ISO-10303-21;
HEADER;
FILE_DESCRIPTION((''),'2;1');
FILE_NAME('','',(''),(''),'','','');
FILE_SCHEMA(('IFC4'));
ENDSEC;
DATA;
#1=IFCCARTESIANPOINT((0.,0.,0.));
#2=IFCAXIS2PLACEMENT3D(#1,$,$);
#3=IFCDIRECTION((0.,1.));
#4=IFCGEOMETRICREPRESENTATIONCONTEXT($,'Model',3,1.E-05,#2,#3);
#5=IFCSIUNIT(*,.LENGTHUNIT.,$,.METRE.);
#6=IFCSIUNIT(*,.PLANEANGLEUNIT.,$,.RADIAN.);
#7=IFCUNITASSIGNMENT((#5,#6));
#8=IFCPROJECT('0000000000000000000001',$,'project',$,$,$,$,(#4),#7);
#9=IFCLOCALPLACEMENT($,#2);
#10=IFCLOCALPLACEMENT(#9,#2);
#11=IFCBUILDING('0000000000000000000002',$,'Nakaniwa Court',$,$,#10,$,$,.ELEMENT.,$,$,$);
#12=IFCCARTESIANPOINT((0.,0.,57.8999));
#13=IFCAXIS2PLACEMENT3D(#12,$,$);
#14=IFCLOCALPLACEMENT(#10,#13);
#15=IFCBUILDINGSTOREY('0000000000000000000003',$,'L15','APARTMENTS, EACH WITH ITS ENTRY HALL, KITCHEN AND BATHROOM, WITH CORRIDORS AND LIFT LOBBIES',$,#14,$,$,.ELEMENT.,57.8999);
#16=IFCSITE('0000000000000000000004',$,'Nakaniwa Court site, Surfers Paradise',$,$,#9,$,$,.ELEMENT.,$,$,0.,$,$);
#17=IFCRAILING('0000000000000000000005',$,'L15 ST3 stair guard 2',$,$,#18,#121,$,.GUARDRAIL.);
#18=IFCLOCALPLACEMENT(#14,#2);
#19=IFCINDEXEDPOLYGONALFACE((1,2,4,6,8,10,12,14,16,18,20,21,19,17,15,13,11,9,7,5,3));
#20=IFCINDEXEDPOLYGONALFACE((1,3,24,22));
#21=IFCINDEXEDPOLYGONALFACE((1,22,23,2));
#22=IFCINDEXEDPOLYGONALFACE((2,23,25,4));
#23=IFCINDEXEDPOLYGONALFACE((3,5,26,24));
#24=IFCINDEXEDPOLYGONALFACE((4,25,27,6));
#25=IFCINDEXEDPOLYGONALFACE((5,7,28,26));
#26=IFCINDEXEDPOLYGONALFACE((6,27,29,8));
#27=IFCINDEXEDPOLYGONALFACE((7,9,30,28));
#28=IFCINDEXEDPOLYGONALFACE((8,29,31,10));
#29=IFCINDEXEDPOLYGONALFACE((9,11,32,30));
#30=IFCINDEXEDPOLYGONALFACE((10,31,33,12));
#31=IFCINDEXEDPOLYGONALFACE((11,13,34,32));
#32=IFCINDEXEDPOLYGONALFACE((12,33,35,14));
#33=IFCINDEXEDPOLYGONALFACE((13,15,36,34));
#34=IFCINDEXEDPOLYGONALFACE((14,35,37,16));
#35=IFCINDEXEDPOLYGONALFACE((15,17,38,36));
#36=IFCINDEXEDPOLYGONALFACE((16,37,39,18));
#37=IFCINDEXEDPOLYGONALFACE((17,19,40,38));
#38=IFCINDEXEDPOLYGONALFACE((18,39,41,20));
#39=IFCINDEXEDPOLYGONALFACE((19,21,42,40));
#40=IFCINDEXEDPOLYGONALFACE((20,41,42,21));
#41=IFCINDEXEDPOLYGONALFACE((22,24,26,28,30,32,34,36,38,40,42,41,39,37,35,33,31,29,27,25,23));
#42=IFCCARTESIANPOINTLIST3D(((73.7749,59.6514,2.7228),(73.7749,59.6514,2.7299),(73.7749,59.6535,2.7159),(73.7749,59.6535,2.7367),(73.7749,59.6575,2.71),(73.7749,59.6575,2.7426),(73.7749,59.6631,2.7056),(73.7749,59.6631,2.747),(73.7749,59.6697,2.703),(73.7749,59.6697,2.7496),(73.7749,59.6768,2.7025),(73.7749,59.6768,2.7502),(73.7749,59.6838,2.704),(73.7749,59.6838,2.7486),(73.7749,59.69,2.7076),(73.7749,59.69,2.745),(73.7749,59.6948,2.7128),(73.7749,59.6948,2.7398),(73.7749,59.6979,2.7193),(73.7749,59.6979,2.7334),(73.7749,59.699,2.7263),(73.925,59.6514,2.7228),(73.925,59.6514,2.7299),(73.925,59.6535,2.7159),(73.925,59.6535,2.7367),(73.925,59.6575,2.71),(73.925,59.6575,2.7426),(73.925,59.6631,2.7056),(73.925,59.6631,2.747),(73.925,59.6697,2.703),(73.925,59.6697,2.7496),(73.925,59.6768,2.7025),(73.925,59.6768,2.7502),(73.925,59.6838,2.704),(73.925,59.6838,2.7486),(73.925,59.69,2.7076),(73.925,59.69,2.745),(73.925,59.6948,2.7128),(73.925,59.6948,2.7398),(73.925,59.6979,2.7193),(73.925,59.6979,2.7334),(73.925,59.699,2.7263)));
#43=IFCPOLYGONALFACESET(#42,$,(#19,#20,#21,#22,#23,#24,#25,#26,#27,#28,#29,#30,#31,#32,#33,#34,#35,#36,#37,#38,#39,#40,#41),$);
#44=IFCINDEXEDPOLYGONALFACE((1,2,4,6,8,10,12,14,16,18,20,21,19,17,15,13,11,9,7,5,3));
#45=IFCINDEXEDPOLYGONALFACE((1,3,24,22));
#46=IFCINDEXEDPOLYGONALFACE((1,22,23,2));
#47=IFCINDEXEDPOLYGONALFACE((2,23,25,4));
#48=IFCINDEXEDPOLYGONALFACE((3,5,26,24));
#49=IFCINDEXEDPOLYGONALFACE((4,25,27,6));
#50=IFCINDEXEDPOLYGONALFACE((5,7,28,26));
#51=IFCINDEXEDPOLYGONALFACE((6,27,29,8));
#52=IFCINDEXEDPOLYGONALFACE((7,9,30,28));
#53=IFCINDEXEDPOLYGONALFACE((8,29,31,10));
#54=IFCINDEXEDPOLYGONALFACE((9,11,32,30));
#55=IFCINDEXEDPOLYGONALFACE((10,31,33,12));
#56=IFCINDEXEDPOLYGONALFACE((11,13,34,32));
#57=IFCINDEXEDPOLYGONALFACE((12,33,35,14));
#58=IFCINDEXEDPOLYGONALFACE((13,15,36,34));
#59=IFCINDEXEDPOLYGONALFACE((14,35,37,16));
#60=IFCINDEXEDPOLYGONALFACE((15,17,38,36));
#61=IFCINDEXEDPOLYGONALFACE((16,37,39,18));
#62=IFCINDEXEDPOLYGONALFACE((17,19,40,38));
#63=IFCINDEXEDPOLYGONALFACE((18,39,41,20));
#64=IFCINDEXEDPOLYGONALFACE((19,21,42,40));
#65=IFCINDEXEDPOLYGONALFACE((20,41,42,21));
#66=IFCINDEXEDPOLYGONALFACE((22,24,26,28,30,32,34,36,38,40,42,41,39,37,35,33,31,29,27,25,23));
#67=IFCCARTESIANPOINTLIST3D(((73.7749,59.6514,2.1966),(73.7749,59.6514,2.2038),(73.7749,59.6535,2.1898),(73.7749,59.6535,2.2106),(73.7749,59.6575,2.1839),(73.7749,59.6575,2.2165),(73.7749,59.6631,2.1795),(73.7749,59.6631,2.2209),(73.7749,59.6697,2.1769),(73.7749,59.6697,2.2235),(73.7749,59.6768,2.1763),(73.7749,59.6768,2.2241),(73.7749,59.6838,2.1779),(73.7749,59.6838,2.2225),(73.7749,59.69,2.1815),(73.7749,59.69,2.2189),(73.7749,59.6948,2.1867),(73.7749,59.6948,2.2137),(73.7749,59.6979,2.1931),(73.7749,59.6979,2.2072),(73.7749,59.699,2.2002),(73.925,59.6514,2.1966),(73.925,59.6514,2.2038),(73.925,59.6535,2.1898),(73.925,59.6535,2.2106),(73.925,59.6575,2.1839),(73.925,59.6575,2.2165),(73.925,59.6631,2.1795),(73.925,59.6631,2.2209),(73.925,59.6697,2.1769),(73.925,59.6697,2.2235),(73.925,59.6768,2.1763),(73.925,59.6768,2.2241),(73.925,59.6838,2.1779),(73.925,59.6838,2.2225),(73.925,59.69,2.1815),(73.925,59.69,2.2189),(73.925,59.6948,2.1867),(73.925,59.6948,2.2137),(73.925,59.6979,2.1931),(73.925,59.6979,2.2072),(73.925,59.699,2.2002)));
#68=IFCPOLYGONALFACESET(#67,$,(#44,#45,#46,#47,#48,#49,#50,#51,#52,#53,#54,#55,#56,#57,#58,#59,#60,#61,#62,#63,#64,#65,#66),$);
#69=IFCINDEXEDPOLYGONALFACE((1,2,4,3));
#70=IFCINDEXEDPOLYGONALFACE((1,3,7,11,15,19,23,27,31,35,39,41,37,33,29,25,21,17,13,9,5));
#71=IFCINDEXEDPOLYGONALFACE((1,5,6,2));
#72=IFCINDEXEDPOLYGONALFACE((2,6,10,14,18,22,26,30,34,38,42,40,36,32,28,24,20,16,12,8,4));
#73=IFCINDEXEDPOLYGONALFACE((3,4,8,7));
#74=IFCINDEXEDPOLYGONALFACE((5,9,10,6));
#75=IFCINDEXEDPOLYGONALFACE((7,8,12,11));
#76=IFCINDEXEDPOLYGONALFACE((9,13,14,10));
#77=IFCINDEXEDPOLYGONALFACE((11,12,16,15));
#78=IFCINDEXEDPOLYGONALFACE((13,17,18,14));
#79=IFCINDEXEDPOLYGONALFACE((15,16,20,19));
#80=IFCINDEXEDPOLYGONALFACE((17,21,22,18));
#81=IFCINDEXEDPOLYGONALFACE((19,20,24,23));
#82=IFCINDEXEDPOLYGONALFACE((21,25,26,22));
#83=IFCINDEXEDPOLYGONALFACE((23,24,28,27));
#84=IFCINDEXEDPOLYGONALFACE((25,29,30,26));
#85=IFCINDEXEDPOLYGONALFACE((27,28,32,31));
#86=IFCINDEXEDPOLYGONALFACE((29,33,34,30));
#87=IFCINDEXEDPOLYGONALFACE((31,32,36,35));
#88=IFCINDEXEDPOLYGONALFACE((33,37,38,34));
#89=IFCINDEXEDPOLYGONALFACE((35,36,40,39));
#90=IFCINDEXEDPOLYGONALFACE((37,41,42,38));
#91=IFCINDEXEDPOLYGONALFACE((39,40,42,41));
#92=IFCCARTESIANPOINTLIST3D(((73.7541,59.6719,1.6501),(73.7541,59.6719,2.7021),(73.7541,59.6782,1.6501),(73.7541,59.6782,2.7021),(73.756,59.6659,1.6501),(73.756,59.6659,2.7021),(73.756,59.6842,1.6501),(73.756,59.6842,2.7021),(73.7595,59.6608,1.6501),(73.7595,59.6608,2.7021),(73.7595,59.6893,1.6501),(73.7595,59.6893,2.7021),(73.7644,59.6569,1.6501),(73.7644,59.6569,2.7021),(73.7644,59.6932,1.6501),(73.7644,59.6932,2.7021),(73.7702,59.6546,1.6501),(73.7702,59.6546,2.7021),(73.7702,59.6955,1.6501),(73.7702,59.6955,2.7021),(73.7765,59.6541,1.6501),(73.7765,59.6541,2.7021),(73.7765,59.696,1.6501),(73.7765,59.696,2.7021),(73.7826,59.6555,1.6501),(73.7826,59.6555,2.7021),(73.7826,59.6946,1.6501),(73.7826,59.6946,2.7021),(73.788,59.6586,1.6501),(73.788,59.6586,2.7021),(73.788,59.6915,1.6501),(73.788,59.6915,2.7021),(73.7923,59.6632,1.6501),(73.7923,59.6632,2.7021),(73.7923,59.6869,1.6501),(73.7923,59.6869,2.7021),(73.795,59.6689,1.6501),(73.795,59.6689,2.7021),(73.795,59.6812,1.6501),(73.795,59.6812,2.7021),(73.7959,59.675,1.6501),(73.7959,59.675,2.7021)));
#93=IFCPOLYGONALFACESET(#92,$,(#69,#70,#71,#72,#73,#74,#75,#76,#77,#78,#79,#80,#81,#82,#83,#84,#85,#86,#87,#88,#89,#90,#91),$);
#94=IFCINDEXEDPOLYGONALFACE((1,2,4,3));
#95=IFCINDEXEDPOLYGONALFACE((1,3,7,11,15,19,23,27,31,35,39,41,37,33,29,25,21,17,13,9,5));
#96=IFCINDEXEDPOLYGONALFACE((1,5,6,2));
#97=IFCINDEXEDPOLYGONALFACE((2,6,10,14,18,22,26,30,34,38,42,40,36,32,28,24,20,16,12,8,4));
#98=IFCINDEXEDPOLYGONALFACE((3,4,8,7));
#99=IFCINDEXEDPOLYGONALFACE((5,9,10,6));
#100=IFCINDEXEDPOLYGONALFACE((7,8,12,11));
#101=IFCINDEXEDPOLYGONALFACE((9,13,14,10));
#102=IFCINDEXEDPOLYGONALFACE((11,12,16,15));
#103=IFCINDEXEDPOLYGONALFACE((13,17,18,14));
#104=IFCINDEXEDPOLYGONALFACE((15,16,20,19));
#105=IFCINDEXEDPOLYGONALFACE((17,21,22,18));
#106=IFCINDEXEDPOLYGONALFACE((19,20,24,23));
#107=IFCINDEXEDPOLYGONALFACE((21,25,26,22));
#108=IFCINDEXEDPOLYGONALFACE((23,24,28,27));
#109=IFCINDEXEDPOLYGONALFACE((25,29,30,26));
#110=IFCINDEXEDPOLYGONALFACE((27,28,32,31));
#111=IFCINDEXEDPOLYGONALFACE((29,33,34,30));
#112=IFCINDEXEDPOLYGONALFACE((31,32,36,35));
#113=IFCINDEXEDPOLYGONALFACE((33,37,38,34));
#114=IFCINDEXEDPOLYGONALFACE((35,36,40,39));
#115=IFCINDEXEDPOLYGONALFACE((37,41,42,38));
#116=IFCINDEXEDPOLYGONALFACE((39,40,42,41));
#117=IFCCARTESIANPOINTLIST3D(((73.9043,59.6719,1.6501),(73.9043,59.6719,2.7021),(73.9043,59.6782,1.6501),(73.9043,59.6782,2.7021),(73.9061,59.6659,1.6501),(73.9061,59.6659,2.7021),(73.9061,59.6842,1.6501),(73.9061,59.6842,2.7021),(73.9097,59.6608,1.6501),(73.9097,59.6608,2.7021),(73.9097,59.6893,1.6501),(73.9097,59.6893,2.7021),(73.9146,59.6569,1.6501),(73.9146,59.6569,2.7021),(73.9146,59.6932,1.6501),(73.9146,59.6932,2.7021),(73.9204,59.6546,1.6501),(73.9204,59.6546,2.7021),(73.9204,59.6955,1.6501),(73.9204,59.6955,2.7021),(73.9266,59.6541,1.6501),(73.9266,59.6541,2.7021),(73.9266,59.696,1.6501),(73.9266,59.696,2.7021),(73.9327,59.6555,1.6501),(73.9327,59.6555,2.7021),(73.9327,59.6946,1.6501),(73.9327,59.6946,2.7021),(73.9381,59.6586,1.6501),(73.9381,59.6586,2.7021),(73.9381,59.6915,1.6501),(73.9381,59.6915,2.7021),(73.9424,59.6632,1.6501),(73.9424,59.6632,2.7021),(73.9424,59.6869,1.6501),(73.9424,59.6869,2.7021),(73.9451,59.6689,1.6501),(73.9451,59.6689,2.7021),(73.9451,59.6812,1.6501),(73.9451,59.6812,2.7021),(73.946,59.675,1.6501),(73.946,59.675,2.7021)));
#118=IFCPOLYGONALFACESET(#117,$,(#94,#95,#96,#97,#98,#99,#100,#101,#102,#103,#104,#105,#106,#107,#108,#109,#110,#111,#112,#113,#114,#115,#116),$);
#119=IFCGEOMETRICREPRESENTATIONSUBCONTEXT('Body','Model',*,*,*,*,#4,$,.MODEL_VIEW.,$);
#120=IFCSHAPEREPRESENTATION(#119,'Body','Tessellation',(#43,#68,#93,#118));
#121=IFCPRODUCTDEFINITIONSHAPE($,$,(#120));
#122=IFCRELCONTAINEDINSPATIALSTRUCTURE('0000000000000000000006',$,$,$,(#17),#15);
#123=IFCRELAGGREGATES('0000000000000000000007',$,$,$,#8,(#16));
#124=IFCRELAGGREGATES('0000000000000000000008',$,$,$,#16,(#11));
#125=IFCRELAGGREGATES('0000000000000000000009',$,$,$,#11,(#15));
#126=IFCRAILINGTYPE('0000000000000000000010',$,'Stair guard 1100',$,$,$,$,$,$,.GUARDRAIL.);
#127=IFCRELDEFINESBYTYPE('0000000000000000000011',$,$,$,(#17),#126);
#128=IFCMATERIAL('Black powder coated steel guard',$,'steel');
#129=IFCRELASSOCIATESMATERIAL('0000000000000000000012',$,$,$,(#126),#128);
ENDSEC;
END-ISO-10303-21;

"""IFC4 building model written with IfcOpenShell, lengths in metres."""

from ifc_helpers import new_model, si_unit, direction, frame, origin, origin_2d, place, context, subcontext, project, spatial, circle, extrude, material, type_object, element, save


model = new_model("IFC4")

# Units and contexts
model_context = context("Model", 3, precision=1e-05, world=origin(), true_north=direction((0.0, 1.0)))
body_context = subcontext(model_context, "Body", "Model", "MODEL_VIEW")
ifc_project = project(units=[si_unit("LENGTHUNIT", "METRE"), si_unit("PLANEANGLEUNIT", "RADIAN")], contexts=[model_context])

# Site, building, storey
site_placement = place(None, origin())
site = spatial("IfcSite", under=ifc_project, at=site_placement, Name="Nakaniwa Court site, Surfers Paradise", CompositionType="ELEMENT", RefElevation=0.0)
building_placement = place(site_placement, origin())
building = spatial("IfcBuilding", under=site, at=building_placement, Name="Nakaniwa Court", CompositionType="ELEMENT")
storey_placement = place(building_placement, frame((0.0, 0.0, 57.8999)))
storey = spatial("IfcBuildingStorey", under=building, at=storey_placement, Name="L15", Description="APARTMENTS, EACH WITH ITS ENTRY HALL, KITCHEN AND BATHROOM, WITH CORRIDORS AND LIFT LOBBIES", CompositionType="ELEMENT", Elevation=57.8999)

# Railing
ifc_material_1 = material(Name="Black powder coated steel guard", Category="steel")
railing_type_1 = type_object("IfcRailingType", Name="Stair guard 1100", PredefinedType="GUARDRAIL", material=ifc_material_1)
railing_1_placement = place(storey_placement, frame((73.7749, 59.675, 1.6501)))
element("IfcRailing", 1, at=railing_1_placement, inside=storey, type_object=railing_type_1, Name="L15 ST3 stair guard 2", PredefinedType="GUARDRAIL", context=body_context, shape_type="SweptSolid", body=[
    extrude(circle(Radius=0.0239, at=origin_2d()), frame((0.0, 0.0, 1.0762), z_axis=(1.0, 0.0, 0.0), x_axis=(0.0, 1.0, 0.0)), (0.0, 0.0, 1.0), 0.1501),
    extrude(circle(Radius=0.0239, at=origin_2d()), frame((0.0, 0.0, 0.55), z_axis=(1.0, 0.0, 0.0), x_axis=(0.0, 1.0, 0.0)), (0.0, 0.0, 1.0), 0.1501),
    extrude(circle(Radius=0.021, at=origin_2d()), origin(), (0.0, 0.0, 1.0), 1.052),
    extrude(circle(Radius=0.021, at=origin_2d()), frame((0.1501, 0.0, 0.0)), (0.0, 0.0, 1.0), 1.052),
])

save(model, "model.ifc")
